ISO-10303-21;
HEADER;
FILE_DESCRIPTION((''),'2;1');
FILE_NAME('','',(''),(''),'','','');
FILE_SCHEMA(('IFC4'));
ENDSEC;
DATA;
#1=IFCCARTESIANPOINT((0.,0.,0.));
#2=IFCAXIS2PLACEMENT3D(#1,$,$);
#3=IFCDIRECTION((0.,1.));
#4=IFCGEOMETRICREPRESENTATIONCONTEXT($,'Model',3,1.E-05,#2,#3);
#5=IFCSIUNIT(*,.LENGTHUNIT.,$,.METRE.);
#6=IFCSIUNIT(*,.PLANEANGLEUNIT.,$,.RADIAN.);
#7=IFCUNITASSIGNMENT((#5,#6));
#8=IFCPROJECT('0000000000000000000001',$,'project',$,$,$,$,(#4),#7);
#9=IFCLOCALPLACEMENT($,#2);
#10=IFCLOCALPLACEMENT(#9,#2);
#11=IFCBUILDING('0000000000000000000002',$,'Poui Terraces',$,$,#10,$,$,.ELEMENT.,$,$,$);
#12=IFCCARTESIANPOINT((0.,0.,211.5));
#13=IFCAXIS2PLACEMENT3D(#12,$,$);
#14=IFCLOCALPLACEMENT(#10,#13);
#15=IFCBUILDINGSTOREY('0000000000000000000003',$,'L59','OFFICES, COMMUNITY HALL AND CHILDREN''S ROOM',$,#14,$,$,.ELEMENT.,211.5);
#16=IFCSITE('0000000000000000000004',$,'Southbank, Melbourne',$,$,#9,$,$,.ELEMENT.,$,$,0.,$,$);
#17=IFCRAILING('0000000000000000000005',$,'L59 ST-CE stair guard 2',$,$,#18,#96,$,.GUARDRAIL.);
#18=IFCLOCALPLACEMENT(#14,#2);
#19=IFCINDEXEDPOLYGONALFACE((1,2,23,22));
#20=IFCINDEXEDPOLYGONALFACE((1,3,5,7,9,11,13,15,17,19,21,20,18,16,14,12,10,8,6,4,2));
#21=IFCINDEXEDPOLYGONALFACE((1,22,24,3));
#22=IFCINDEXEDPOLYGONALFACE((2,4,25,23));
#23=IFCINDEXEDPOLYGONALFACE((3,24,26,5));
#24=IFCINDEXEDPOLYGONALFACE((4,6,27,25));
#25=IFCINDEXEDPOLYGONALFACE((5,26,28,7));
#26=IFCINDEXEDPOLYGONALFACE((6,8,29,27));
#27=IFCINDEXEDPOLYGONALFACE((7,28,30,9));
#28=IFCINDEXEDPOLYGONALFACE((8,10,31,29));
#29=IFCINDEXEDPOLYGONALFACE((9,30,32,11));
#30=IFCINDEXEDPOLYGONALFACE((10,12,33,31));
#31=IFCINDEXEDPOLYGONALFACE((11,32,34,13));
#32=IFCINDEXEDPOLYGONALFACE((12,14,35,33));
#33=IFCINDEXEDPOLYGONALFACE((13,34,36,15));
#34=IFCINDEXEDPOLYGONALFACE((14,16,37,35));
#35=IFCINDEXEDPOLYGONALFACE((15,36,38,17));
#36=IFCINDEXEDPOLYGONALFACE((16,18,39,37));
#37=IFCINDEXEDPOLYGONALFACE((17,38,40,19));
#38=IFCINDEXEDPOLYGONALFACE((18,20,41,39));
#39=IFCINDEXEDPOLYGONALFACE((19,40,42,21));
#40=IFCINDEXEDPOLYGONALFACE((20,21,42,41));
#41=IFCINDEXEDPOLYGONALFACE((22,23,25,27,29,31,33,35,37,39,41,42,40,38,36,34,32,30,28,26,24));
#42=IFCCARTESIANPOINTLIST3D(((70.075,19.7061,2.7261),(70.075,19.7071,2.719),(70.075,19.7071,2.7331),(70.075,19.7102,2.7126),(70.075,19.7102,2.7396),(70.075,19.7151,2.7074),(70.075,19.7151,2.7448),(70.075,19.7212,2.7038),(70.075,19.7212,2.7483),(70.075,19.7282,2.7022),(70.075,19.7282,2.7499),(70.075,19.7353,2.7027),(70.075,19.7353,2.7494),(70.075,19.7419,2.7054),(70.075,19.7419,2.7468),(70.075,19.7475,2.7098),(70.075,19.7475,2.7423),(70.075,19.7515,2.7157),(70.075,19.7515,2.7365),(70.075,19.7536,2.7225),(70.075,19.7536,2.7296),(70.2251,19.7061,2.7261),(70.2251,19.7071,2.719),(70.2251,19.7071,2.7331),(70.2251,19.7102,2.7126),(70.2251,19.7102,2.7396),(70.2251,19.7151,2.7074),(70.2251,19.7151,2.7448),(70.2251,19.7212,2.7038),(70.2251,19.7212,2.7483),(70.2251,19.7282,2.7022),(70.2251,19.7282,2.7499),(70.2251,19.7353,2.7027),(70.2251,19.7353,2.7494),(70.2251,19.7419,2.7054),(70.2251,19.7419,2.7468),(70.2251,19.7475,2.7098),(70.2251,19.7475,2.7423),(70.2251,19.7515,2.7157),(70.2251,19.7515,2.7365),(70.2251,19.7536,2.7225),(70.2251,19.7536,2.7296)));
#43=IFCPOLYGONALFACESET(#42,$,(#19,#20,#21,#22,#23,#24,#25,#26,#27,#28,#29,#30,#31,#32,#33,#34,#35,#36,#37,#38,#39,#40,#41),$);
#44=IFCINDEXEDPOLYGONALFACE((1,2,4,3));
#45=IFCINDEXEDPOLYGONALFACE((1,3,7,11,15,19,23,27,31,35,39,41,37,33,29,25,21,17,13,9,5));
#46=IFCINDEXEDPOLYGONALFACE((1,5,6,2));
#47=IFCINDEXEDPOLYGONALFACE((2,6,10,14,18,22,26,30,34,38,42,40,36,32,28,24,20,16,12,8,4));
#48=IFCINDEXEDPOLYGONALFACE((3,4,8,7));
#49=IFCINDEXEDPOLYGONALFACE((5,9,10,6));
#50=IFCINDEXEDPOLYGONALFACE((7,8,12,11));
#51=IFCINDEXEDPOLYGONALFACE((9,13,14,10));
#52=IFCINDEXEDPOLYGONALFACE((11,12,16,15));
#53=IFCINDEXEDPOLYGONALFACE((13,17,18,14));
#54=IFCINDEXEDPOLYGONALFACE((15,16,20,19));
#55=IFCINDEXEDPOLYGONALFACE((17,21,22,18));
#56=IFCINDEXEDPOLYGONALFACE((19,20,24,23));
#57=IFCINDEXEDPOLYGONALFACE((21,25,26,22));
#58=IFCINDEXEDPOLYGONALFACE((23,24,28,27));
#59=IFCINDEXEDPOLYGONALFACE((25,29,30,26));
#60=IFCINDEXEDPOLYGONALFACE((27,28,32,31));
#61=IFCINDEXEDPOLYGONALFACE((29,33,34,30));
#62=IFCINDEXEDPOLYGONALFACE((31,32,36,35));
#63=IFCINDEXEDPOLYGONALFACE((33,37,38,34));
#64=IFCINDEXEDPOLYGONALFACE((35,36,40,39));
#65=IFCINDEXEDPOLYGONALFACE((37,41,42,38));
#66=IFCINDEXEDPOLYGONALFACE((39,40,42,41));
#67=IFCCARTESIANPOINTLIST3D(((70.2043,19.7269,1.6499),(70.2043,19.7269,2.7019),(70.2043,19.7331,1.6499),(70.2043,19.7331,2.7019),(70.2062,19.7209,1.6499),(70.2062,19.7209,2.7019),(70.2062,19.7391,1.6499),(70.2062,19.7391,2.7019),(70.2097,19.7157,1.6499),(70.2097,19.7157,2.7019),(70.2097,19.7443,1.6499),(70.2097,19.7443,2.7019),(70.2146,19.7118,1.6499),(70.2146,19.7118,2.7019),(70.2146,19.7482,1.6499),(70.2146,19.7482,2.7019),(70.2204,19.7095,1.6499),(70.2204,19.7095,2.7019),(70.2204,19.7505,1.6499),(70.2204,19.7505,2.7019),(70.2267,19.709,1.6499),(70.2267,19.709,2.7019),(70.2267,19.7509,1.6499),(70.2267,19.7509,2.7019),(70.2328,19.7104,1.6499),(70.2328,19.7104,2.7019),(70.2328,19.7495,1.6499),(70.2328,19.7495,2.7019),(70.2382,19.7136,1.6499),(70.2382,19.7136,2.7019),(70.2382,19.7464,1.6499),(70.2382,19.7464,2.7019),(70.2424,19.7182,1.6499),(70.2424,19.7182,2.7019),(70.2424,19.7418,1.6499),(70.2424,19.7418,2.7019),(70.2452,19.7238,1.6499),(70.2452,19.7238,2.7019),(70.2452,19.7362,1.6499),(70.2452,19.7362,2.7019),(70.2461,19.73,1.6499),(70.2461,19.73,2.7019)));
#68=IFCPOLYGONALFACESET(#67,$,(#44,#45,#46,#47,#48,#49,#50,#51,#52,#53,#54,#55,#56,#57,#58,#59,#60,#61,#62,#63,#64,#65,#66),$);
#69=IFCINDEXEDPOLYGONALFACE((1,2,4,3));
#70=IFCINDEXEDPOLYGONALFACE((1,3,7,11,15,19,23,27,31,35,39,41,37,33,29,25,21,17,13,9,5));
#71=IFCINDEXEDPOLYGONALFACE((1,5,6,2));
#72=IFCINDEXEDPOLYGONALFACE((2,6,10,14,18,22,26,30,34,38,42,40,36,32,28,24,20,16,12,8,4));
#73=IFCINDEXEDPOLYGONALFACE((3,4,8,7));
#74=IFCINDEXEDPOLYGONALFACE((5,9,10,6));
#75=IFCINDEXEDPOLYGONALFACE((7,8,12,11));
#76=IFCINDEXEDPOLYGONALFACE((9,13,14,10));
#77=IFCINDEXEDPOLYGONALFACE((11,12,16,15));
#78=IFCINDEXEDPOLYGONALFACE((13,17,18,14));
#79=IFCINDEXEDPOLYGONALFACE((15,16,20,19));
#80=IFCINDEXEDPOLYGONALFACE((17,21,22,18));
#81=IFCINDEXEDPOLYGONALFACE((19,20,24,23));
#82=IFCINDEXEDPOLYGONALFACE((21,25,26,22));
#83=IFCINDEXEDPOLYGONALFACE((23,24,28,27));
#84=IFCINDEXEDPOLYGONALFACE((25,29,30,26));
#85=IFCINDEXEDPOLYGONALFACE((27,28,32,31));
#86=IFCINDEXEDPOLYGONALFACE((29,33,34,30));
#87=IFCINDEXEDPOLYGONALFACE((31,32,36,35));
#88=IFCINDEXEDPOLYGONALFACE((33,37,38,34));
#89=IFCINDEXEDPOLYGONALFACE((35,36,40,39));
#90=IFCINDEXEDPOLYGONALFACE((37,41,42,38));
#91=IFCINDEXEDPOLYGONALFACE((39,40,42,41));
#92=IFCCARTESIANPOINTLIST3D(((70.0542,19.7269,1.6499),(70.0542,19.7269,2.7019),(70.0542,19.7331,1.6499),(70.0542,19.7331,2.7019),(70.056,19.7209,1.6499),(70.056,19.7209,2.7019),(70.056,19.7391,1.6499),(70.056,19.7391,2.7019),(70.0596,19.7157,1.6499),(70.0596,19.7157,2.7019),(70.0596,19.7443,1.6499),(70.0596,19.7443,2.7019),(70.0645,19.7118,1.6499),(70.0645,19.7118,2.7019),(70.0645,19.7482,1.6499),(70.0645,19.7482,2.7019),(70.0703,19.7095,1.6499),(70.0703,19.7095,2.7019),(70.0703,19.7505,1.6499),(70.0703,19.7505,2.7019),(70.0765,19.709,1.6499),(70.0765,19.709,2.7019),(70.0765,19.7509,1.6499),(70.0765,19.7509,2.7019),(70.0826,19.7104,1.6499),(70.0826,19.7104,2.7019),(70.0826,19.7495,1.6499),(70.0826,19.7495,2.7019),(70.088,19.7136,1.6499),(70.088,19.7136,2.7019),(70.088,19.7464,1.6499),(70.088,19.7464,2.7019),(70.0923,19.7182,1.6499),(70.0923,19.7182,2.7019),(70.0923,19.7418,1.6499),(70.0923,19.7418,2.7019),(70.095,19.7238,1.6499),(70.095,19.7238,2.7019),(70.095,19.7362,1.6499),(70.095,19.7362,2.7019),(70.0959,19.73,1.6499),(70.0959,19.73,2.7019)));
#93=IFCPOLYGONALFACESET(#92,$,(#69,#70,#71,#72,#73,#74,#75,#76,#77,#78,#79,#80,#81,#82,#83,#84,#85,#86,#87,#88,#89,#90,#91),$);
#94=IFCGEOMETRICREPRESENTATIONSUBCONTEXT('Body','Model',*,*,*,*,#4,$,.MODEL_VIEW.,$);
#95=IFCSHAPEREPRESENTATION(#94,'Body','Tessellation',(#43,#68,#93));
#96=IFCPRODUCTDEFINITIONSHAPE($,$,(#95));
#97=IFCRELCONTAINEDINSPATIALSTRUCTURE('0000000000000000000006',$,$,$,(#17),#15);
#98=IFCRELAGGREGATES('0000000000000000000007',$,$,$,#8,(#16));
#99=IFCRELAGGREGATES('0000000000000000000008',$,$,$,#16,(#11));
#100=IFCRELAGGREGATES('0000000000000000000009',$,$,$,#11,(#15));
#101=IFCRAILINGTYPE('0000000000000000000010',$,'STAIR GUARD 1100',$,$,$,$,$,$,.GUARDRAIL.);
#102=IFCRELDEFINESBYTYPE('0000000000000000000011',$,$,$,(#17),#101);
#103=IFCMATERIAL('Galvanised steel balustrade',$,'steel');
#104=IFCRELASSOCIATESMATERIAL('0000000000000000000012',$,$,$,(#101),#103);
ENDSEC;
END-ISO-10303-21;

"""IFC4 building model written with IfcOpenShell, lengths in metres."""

from ifc_helpers import new_model, si_unit, direction, frame, origin, origin_2d, place, context, subcontext, project, spatial, circle, extrude, material, type_object, element, save


model = new_model("IFC4")

# Units and contexts
model_context = context("Model", 3, precision=1e-05, world=origin(), true_north=direction((0.0, 1.0)))
body_context = subcontext(model_context, "Body", "Model", "MODEL_VIEW")
ifc_project = project(units=[si_unit("LENGTHUNIT", "METRE"), si_unit("PLANEANGLEUNIT", "RADIAN")], contexts=[model_context])

# Site, building, storey
site_placement = place(None, origin())
site = spatial("IfcSite", under=ifc_project, at=site_placement, Name="Southbank, Melbourne", CompositionType="ELEMENT", RefElevation=0.0)
building_placement = place(site_placement, origin())
building = spatial("IfcBuilding", under=site, at=building_placement, Name="Poui Terraces", CompositionType="ELEMENT")
storey_placement = place(building_placement, frame((0.0, 0.0, 211.5)))
storey = spatial("IfcBuildingStorey", under=building, at=storey_placement, Name="L59", Description="OFFICES, COMMUNITY HALL AND CHILDREN'S ROOM", CompositionType="ELEMENT", Elevation=211.5)

# Railing
ifc_material_1 = material(Name="Galvanised steel balustrade", Category="steel")
railing_type_1 = type_object("IfcRailingType", Name="STAIR GUARD 1100", PredefinedType="GUARDRAIL", material=ifc_material_1)
railing_1_placement = place(storey_placement, frame((70.2251, 19.73, 1.6499)))
element("IfcRailing", 1, at=railing_1_placement, inside=storey, type_object=railing_type_1, Name="L59 ST-CE stair guard 2", PredefinedType="GUARDRAIL", context=body_context, shape_type="SweptSolid", body=[
    extrude(circle(Radius=0.0239, at=origin_2d()), frame((0.0, 0.0, 1.0762), z_axis=(-1.0, 0.0, 0.0), x_axis=(0.0, -1.0, 0.0)), (0.0, 0.0, 1.0), 0.1501),
    extrude(circle(Radius=0.021, at=origin_2d()), origin(), (0.0, 0.0, 1.0), 1.052),
    extrude(circle(Radius=0.021, at=origin_2d()), frame((-0.1501, 0.0, 0.0)), (0.0, 0.0, 1.0), 1.052),
])

save(model, "model.ifc")
